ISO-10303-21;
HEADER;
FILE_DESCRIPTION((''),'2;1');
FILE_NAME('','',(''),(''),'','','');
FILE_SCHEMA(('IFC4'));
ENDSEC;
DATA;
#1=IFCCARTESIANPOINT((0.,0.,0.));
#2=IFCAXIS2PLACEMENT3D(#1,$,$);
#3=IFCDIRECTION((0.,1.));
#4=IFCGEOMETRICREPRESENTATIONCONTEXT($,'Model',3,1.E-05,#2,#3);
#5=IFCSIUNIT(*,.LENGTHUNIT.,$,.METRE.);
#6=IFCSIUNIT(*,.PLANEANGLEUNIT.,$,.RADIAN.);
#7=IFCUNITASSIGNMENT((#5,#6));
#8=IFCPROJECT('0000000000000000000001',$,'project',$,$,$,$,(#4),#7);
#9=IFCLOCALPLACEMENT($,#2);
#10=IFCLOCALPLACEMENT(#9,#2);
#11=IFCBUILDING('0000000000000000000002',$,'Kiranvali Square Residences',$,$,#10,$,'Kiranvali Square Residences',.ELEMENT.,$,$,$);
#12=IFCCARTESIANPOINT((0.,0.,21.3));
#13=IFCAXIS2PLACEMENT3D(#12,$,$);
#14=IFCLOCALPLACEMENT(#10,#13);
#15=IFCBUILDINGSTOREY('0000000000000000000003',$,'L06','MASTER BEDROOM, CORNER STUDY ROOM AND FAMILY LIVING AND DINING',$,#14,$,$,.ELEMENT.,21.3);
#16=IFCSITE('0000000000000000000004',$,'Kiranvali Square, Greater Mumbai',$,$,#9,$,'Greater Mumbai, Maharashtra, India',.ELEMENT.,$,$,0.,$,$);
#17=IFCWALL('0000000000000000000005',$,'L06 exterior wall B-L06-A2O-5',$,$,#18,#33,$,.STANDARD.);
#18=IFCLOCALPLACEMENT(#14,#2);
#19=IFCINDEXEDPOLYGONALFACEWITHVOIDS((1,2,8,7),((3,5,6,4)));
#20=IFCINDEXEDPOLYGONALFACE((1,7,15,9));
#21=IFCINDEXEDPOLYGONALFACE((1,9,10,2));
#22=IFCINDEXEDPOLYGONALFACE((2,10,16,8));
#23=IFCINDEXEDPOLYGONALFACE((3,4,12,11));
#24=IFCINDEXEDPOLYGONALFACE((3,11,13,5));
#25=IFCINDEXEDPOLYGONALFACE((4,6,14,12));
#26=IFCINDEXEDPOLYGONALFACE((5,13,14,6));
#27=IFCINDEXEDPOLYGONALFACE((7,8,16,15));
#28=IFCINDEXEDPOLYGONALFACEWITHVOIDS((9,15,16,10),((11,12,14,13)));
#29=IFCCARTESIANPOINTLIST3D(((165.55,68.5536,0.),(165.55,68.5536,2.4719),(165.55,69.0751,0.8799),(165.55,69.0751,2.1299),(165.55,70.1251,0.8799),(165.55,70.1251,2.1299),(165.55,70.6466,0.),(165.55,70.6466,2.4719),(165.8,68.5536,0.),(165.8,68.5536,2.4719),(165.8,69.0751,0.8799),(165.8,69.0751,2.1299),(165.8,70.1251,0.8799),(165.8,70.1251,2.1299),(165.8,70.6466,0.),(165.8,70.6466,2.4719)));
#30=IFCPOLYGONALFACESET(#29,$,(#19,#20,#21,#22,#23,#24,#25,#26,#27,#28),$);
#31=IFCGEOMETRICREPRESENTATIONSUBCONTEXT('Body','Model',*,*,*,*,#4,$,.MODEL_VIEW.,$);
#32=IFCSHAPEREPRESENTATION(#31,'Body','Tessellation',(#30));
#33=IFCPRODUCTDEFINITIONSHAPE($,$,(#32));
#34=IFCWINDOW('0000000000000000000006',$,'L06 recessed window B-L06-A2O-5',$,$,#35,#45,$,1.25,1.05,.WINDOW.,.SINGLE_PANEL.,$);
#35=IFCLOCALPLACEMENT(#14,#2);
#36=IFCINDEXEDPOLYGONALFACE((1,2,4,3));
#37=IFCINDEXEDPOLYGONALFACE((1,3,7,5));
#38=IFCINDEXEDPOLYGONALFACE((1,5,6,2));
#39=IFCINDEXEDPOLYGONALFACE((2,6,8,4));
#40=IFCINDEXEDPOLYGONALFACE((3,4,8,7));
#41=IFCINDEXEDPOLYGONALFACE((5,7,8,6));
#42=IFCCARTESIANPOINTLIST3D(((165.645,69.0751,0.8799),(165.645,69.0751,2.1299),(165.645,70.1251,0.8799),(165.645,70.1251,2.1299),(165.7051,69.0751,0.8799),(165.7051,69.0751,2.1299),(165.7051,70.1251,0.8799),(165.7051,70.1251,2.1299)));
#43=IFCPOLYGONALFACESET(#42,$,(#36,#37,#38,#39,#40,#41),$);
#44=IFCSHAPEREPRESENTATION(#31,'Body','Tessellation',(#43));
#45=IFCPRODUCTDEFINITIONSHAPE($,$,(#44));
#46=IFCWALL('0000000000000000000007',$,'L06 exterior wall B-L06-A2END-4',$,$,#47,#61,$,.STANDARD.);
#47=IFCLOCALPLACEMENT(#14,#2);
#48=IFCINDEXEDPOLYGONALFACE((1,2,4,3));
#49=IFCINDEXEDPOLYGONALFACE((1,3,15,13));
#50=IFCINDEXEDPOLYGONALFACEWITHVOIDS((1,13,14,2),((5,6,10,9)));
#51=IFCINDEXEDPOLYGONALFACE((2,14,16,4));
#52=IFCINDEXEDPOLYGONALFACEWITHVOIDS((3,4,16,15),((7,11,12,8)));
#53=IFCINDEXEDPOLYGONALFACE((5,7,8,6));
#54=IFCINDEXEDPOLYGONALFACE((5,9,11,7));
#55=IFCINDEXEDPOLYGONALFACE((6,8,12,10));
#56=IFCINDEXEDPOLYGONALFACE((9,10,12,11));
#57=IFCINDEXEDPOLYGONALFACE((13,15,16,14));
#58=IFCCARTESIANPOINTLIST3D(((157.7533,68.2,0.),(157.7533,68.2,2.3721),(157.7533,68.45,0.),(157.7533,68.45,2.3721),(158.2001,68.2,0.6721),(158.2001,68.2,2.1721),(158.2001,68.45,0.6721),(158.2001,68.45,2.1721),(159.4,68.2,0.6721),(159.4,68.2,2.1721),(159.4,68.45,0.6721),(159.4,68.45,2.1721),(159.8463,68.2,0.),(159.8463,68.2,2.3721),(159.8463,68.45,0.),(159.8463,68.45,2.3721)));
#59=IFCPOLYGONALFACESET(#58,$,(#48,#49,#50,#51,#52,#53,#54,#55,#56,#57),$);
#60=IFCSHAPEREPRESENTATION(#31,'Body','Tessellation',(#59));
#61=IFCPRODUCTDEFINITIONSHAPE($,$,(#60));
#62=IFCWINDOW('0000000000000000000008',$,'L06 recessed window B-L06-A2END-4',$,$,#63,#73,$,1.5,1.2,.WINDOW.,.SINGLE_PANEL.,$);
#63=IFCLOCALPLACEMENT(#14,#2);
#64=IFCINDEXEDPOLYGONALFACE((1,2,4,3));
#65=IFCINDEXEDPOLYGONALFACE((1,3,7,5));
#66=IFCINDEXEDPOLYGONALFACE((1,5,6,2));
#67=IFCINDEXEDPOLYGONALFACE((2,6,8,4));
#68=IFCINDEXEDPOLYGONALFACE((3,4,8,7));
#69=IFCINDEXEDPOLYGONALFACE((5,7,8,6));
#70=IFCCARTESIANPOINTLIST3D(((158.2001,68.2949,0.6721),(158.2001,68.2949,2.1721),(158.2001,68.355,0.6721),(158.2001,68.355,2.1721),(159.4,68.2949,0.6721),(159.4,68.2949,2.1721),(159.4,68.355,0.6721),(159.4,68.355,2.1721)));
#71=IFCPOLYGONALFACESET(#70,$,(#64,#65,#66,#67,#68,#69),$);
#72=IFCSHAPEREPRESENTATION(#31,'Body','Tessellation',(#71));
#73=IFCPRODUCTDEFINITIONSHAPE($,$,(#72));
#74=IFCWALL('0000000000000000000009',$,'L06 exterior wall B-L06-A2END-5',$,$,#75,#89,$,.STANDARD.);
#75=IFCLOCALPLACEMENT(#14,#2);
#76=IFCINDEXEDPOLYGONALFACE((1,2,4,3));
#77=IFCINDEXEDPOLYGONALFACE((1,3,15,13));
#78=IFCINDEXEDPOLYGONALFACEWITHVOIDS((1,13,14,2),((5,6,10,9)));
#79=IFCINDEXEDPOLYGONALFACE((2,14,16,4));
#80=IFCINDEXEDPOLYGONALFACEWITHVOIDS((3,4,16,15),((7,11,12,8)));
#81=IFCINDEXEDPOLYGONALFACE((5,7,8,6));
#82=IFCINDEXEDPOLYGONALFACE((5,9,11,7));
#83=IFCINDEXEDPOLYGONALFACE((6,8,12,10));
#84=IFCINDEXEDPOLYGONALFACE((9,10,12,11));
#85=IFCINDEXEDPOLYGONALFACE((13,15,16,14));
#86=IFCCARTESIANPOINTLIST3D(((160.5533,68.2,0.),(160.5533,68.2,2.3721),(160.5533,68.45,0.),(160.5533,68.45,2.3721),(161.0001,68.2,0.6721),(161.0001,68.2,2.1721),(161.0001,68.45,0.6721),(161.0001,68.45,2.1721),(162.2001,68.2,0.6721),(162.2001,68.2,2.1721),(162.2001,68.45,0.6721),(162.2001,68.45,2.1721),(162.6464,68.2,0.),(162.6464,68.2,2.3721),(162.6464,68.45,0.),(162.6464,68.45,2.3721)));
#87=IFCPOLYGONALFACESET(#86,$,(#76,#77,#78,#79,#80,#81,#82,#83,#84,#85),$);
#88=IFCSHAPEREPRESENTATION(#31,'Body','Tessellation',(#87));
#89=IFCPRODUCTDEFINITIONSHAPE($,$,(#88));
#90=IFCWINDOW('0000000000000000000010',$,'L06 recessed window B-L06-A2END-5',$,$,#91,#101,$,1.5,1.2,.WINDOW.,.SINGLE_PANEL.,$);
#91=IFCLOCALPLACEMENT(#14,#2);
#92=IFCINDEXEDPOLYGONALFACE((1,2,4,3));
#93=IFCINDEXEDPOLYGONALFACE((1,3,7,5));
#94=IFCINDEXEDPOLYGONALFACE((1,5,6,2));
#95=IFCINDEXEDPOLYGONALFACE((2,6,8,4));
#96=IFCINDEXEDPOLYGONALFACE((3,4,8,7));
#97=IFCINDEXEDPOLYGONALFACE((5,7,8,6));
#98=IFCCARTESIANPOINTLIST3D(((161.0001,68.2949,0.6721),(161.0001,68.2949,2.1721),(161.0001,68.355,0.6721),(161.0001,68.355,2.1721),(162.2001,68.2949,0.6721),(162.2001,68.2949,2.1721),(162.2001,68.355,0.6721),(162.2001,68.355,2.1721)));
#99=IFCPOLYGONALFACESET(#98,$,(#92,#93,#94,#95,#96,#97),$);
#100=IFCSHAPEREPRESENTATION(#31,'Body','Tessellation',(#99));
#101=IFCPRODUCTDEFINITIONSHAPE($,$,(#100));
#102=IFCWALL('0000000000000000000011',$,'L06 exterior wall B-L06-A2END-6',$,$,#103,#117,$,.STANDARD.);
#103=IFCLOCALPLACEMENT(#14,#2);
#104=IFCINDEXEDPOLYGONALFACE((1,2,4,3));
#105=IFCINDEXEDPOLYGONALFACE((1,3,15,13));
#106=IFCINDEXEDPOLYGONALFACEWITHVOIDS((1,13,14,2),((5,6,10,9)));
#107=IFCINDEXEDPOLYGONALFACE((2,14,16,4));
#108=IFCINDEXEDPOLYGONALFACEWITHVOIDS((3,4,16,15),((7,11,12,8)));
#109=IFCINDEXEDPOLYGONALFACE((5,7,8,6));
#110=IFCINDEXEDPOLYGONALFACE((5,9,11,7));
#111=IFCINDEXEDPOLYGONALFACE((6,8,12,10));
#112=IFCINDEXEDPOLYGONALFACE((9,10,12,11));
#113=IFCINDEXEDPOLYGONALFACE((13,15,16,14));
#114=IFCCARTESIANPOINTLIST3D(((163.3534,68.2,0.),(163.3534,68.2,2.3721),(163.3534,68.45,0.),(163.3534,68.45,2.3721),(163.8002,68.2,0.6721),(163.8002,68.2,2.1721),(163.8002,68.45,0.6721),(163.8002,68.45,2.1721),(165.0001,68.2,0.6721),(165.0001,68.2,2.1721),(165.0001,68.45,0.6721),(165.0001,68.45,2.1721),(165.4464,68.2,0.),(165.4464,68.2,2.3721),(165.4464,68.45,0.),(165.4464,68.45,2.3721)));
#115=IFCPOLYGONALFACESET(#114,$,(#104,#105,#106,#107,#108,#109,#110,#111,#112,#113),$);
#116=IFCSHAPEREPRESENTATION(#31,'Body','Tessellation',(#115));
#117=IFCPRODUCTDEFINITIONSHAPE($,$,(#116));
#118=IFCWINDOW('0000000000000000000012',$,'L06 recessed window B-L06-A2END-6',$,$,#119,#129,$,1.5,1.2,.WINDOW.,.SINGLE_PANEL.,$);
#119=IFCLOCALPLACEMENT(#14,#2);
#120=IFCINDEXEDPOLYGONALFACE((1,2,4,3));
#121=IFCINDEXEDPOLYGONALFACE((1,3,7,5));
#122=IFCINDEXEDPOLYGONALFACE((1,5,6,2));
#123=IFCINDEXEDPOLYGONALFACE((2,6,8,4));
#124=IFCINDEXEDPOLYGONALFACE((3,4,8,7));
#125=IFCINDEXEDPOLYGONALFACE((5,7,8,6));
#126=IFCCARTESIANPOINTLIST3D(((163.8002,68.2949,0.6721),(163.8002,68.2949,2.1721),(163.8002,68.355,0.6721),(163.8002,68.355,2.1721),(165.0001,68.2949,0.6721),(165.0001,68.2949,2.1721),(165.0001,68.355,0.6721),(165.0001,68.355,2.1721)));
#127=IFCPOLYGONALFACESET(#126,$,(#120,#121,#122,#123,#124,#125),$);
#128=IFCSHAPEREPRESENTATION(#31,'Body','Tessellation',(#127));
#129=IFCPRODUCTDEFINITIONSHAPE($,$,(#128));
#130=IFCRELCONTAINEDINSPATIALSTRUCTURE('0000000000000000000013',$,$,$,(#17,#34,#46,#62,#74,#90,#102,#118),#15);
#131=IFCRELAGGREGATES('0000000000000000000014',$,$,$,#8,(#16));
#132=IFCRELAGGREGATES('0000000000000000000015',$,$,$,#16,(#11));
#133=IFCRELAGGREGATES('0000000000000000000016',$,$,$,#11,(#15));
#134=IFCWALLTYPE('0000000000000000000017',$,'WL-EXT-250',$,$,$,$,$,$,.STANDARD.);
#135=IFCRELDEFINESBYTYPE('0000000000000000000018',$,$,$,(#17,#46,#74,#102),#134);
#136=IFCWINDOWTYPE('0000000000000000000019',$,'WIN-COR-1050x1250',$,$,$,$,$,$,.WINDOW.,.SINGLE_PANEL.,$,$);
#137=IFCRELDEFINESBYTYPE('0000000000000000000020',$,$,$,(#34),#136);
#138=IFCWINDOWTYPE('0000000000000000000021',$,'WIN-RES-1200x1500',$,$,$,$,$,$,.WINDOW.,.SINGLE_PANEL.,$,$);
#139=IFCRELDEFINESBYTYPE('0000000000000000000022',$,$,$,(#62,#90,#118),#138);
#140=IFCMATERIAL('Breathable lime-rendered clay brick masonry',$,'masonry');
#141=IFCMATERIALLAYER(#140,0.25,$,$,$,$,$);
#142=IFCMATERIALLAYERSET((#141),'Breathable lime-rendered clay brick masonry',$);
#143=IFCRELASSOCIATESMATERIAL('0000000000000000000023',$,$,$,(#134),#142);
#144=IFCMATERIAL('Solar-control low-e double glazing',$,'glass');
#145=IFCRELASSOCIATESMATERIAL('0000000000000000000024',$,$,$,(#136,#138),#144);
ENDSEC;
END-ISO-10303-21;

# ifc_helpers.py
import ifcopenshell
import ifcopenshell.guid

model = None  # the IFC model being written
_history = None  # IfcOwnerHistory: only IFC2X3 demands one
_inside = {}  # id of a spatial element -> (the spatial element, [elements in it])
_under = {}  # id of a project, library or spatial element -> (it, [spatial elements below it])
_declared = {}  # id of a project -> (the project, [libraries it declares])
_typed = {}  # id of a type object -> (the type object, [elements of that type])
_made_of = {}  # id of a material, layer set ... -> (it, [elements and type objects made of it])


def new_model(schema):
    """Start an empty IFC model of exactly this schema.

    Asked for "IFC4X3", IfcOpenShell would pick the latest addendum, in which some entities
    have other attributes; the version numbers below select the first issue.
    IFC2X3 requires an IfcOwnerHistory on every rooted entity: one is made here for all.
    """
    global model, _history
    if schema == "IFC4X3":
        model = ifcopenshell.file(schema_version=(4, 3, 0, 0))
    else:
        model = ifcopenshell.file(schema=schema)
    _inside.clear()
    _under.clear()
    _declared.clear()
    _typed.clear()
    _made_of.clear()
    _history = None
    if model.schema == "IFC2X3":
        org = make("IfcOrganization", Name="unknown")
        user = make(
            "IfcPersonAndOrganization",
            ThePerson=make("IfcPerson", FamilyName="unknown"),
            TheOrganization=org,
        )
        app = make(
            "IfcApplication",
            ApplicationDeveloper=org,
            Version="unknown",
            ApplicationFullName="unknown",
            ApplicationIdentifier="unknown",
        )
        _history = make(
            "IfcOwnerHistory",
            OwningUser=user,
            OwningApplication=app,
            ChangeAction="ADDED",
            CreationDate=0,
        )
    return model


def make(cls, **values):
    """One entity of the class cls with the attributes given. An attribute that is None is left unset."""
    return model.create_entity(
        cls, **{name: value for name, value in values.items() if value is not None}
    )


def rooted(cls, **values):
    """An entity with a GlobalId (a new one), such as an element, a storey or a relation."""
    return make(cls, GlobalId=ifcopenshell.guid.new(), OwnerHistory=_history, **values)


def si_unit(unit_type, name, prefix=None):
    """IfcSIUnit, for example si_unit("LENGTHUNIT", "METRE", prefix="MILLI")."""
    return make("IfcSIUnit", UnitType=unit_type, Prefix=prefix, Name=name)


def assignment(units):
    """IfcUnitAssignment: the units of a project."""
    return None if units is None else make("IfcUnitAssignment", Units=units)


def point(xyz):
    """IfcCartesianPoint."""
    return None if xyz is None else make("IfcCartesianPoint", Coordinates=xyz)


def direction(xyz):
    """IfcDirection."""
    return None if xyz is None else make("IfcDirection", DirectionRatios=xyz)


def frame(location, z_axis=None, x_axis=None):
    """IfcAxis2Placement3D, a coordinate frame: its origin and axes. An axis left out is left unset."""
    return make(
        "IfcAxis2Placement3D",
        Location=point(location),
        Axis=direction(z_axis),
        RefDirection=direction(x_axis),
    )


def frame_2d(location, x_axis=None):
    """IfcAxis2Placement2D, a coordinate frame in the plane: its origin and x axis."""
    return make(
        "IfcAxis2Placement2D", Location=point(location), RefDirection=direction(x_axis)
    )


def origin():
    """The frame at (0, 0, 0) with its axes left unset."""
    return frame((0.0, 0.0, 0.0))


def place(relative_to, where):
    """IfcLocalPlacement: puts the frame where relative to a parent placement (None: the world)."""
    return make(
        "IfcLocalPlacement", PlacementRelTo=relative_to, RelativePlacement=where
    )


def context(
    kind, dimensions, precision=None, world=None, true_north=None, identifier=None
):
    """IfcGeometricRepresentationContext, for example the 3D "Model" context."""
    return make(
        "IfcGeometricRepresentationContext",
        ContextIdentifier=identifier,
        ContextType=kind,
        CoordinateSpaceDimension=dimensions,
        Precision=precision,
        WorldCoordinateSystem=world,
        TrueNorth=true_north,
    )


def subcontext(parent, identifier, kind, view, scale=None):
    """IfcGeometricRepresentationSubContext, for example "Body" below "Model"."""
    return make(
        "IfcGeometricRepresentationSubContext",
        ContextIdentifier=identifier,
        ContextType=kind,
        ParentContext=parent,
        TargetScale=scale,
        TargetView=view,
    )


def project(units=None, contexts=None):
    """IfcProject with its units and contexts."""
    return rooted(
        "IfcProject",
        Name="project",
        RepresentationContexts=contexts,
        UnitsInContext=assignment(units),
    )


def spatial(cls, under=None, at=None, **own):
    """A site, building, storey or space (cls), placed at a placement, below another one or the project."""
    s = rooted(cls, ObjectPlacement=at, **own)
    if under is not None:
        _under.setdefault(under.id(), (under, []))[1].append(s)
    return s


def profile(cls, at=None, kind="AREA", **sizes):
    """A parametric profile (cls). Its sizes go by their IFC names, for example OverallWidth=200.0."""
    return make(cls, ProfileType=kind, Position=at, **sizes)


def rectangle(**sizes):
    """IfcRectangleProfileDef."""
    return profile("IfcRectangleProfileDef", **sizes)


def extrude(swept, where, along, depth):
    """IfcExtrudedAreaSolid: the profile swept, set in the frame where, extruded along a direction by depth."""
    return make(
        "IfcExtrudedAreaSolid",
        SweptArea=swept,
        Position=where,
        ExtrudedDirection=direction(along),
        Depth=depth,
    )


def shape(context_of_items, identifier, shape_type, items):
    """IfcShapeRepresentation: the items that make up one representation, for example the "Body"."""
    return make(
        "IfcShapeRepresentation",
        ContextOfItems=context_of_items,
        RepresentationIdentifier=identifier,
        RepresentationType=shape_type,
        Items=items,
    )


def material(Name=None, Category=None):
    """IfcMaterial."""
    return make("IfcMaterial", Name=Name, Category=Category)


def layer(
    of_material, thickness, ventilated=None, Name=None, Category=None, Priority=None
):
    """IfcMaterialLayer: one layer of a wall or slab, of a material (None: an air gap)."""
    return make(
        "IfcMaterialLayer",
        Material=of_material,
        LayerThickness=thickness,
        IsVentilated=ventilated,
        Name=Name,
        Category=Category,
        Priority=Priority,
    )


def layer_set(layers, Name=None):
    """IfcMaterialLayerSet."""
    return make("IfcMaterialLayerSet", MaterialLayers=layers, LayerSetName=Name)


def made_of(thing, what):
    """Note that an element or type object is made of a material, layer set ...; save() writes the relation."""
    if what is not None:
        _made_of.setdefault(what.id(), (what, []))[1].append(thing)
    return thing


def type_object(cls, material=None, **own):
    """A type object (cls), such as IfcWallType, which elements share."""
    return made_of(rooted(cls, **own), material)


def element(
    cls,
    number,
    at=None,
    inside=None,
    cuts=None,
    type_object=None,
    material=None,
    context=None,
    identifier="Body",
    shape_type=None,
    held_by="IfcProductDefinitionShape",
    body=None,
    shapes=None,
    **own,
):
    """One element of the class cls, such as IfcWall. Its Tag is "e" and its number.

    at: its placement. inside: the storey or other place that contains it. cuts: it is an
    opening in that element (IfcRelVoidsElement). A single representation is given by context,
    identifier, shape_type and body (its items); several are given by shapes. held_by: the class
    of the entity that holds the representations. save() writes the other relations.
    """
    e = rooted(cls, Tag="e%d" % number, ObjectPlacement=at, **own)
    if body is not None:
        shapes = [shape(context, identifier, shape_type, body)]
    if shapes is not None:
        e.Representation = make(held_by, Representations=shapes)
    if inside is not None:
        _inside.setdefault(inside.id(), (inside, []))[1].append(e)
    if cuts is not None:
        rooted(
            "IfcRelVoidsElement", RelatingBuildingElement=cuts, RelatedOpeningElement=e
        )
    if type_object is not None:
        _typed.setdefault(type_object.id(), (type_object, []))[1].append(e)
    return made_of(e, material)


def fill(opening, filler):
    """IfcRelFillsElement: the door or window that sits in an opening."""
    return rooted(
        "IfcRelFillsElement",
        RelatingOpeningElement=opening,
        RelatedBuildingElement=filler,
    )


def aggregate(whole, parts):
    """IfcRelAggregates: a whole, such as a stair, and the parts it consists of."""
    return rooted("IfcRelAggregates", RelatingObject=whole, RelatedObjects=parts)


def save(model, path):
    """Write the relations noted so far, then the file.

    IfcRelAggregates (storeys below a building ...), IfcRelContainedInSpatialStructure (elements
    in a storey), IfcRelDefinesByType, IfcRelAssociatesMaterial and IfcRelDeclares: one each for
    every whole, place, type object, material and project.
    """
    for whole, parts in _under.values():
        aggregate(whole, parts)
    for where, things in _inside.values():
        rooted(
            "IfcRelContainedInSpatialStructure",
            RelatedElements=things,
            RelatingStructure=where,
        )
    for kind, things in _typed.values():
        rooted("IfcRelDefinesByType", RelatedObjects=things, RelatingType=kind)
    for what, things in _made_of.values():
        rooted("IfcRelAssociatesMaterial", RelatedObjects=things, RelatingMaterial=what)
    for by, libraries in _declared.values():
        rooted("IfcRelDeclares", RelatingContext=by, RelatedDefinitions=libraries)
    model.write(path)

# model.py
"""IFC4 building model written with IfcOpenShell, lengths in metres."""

from ifc_helpers import new_model, si_unit, direction, frame, frame_2d, origin, place, context, subcontext, project, spatial, rectangle, extrude, material, layer, layer_set, type_object, element, fill, save


model = new_model("IFC4")

# Units and contexts
model_context = context("Model", 3, precision=1e-05, world=origin(), true_north=direction((0.0, 1.0)))
body_context = subcontext(model_context, "Body", "Model", "MODEL_VIEW")
ifc_project = project(units=[si_unit("LENGTHUNIT", "METRE"), si_unit("PLANEANGLEUNIT", "RADIAN")], contexts=[model_context])

# Site, building, storey
site_placement = place(None, origin())
site = spatial("IfcSite", under=ifc_project, at=site_placement, Name="Kiranvali Square, Greater Mumbai", LongName="Greater Mumbai, Maharashtra, India", CompositionType="ELEMENT", RefElevation=0.0)
building_placement = place(site_placement, origin())
building = spatial("IfcBuilding", under=site, at=building_placement, Name="Kiranvali Square Residences", LongName="Kiranvali Square Residences", CompositionType="ELEMENT")
storey_placement = place(building_placement, frame((0.0, 0.0, 21.3)))
storey = spatial("IfcBuildingStorey", under=building, at=storey_placement, Name="L06", Description="MASTER BEDROOM, CORNER STUDY ROOM AND FAMILY LIVING AND DINING", CompositionType="ELEMENT", Elevation=21.3)

# Walls, openings, windows
ifc_material_1 = material(Name="Breathable lime-rendered clay brick masonry", Category="masonry")
ifc_layer = layer(ifc_material_1, 0.25)
ifc_layer_set = layer_set([ifc_layer], Name="Breathable lime-rendered clay brick masonry")
wall_type = type_object("IfcWallType", Name="WL-EXT-250", PredefinedType="STANDARD", material=ifc_layer_set)
ifc_material_2 = material(Name="Solar-control low-e double glazing", Category="glass")
window_type_1 = type_object("IfcWindowType", Name="WIN-COR-1050x1250", PartitioningType="SINGLE_PANEL", PredefinedType="WINDOW", material=ifc_material_2)
wall_1_placement = place(storey_placement, frame((165.675, 70.6465, 0.0), z_axis=(0.0, 0.0, 1.0), x_axis=(0.0, -1.0, 0.0)))
wall_1 = element("IfcWall", 1, at=wall_1_placement, inside=storey, type_object=wall_type, Name="L06 exterior wall B-L06-A2O-5", PredefinedType="STANDARD", context=body_context, shape_type="SweptSolid", body=[
    extrude(rectangle(XDim=2.093, YDim=0.25, at=frame_2d((1.0464, 0.0))), origin(), (0.0, 0.0, 1.0), 2.4719),
])
opening_1_placement = place(wall_1_placement, frame((0.5215, 0.0, 0.8799)))
opening_1 = element("IfcOpeningElement", 2, at=opening_1_placement, cuts=wall_1, PredefinedType="OPENING", context=body_context, shape_type="SweptSolid", body=[
    extrude(rectangle(XDim=1.05, YDim=1.25, at=frame_2d((0.5249, 0.625))), frame((0.0, 0.135, 0.0), z_axis=(0.0, -1.0, 0.0), x_axis=(1.0, 0.0, 0.0)), (0.0, 0.0, 1.0), 0.27),
])
window_1_placement = place(opening_1_placement, origin())
window_1 = element("IfcWindow", 3, at=window_1_placement, inside=storey, type_object=window_type_1, Name="L06 recessed window B-L06-A2O-5", OverallHeight=1.25, OverallWidth=1.05, PartitioningType="SINGLE_PANEL", PredefinedType="WINDOW", context=body_context, shape_type="SweptSolid", body=[
    extrude(rectangle(XDim=1.05, YDim=1.25, at=frame_2d((0.5249, 0.625))), frame((0.0, 0.03, 0.0), z_axis=(0.0, -1.0, 0.0), x_axis=(1.0, 0.0, 0.0)), (0.0, 0.0, 1.0), 0.0601),
])
fill(opening_1, window_1)
wall_2_placement = place(storey_placement, frame((157.7534, 68.325, 0.0), z_axis=(0.0, 0.0, 1.0), x_axis=(1.0, 0.0, 0.0)))
wall_2 = element("IfcWall", 4, at=wall_2_placement, inside=storey, type_object=wall_type, Name="L06 exterior wall B-L06-A2END-4", PredefinedType="STANDARD", context=body_context, shape_type="SweptSolid", body=[
    extrude(rectangle(XDim=2.093, YDim=0.25, at=frame_2d((1.0464, 0.0))), origin(), (0.0, 0.0, 1.0), 2.3721),
])
opening_2_placement = place(wall_2_placement, frame((0.4465, 0.0, 0.6721)))
opening_2 = element("IfcOpeningElement", 5, at=opening_2_placement, cuts=wall_2, PredefinedType="OPENING", context=body_context, shape_type="SweptSolid", body=[
    extrude(rectangle(XDim=1.2, YDim=1.5, at=frame_2d((0.6001, 0.75))), frame((0.0, 0.135, 0.0), z_axis=(0.0, -1.0, 0.0), x_axis=(1.0, 0.0, 0.0)), (0.0, 0.0, 1.0), 0.27),
])
window_type_2 = type_object("IfcWindowType", Name="WIN-RES-1200x1500", PartitioningType="SINGLE_PANEL", PredefinedType="WINDOW", material=ifc_material_2)
window_2_placement = place(opening_2_placement, origin())
window_2 = element("IfcWindow", 6, at=window_2_placement, inside=storey, type_object=window_type_2, Name="L06 recessed window B-L06-A2END-4", OverallHeight=1.5, OverallWidth=1.2, PartitioningType="SINGLE_PANEL", PredefinedType="WINDOW", context=body_context, shape_type="SweptSolid", body=[
    extrude(rectangle(XDim=1.2, YDim=1.5, at=frame_2d((0.6001, 0.75))), frame((0.0, 0.03, 0.0), z_axis=(0.0, -1.0, 0.0), x_axis=(1.0, 0.0, 0.0)), (0.0, 0.0, 1.0), 0.0601),
])
fill(opening_2, window_2)
wall_3_placement = place(storey_placement, frame((160.5535, 68.325, 0.0), z_axis=(0.0, 0.0, 1.0), x_axis=(1.0, 0.0, 0.0)))
wall_3 = element("IfcWall", 7, at=wall_3_placement, inside=storey, type_object=wall_type, Name="L06 exterior wall B-L06-A2END-5", PredefinedType="STANDARD", context=body_context, shape_type="SweptSolid", body=[
    extrude(rectangle(XDim=2.093, YDim=0.25, at=frame_2d((1.0464, 0.0))), origin(), (0.0, 0.0, 1.0), 2.3721),
])
opening_3_placement = place(wall_3_placement, frame((0.4465, 0.0, 0.6721)))
opening_3 = element("IfcOpeningElement", 8, at=opening_3_placement, cuts=wall_3, PredefinedType="OPENING", context=body_context, shape_type="SweptSolid", body=[
    extrude(rectangle(XDim=1.2, YDim=1.5, at=frame_2d((0.6001, 0.75))), frame((0.0, 0.135, 0.0), z_axis=(0.0, -1.0, 0.0), x_axis=(1.0, 0.0, 0.0)), (0.0, 0.0, 1.0), 0.27),
])
window_3_placement = place(opening_3_placement, origin())
window_3 = element("IfcWindow", 9, at=window_3_placement, inside=storey, type_object=window_type_2, Name="L06 recessed window B-L06-A2END-5", OverallHeight=1.5, OverallWidth=1.2, PartitioningType="SINGLE_PANEL", PredefinedType="WINDOW", context=body_context, shape_type="SweptSolid", body=[
    extrude(rectangle(XDim=1.2, YDim=1.5, at=frame_2d((0.6001, 0.75))), frame((0.0, 0.03, 0.0), z_axis=(0.0, -1.0, 0.0), x_axis=(1.0, 0.0, 0.0)), (0.0, 0.0, 1.0), 0.0601),
])
fill(opening_3, window_3)
wall_4_placement = place(storey_placement, frame((163.3535, 68.325, 0.0), z_axis=(0.0, 0.0, 1.0), x_axis=(1.0, 0.0, 0.0)))
wall_4 = element("IfcWall", 10, at=wall_4_placement, inside=storey, type_object=wall_type, Name="L06 exterior wall B-L06-A2END-6", PredefinedType="STANDARD", context=body_context, shape_type="SweptSolid", body=[
    extrude(rectangle(XDim=2.093, YDim=0.25, at=frame_2d((1.0464, 0.0))), origin(), (0.0, 0.0, 1.0), 2.3721),
])
opening_4_placement = place(wall_4_placement, frame((0.4465, 0.0, 0.6721)))
opening_4 = element("IfcOpeningElement", 11, at=opening_4_placement, cuts=wall_4, PredefinedType="OPENING", context=body_context, shape_type="SweptSolid", body=[
    extrude(rectangle(XDim=1.2, YDim=1.5, at=frame_2d((0.6001, 0.75))), frame((0.0, 0.135, 0.0), z_axis=(0.0, -1.0, 0.0), x_axis=(1.0, 0.0, 0.0)), (0.0, 0.0, 1.0), 0.27),
])
window_4_placement = place(opening_4_placement, origin())
window_4 = element("IfcWindow", 12, at=window_4_placement, inside=storey, type_object=window_type_2, Name="L06 recessed window B-L06-A2END-6", OverallHeight=1.5, OverallWidth=1.2, PartitioningType="SINGLE_PANEL", PredefinedType="WINDOW", context=body_context, shape_type="SweptSolid", body=[
    extrude(rectangle(XDim=1.2, YDim=1.5, at=frame_2d((0.6001, 0.75))), frame((0.0, 0.03, 0.0), z_axis=(0.0, -1.0, 0.0), x_axis=(1.0, 0.0, 0.0)), (0.0, 0.0, 1.0), 0.0601),
])
fill(opening_4, window_4)

save(model, "model.ifc")
